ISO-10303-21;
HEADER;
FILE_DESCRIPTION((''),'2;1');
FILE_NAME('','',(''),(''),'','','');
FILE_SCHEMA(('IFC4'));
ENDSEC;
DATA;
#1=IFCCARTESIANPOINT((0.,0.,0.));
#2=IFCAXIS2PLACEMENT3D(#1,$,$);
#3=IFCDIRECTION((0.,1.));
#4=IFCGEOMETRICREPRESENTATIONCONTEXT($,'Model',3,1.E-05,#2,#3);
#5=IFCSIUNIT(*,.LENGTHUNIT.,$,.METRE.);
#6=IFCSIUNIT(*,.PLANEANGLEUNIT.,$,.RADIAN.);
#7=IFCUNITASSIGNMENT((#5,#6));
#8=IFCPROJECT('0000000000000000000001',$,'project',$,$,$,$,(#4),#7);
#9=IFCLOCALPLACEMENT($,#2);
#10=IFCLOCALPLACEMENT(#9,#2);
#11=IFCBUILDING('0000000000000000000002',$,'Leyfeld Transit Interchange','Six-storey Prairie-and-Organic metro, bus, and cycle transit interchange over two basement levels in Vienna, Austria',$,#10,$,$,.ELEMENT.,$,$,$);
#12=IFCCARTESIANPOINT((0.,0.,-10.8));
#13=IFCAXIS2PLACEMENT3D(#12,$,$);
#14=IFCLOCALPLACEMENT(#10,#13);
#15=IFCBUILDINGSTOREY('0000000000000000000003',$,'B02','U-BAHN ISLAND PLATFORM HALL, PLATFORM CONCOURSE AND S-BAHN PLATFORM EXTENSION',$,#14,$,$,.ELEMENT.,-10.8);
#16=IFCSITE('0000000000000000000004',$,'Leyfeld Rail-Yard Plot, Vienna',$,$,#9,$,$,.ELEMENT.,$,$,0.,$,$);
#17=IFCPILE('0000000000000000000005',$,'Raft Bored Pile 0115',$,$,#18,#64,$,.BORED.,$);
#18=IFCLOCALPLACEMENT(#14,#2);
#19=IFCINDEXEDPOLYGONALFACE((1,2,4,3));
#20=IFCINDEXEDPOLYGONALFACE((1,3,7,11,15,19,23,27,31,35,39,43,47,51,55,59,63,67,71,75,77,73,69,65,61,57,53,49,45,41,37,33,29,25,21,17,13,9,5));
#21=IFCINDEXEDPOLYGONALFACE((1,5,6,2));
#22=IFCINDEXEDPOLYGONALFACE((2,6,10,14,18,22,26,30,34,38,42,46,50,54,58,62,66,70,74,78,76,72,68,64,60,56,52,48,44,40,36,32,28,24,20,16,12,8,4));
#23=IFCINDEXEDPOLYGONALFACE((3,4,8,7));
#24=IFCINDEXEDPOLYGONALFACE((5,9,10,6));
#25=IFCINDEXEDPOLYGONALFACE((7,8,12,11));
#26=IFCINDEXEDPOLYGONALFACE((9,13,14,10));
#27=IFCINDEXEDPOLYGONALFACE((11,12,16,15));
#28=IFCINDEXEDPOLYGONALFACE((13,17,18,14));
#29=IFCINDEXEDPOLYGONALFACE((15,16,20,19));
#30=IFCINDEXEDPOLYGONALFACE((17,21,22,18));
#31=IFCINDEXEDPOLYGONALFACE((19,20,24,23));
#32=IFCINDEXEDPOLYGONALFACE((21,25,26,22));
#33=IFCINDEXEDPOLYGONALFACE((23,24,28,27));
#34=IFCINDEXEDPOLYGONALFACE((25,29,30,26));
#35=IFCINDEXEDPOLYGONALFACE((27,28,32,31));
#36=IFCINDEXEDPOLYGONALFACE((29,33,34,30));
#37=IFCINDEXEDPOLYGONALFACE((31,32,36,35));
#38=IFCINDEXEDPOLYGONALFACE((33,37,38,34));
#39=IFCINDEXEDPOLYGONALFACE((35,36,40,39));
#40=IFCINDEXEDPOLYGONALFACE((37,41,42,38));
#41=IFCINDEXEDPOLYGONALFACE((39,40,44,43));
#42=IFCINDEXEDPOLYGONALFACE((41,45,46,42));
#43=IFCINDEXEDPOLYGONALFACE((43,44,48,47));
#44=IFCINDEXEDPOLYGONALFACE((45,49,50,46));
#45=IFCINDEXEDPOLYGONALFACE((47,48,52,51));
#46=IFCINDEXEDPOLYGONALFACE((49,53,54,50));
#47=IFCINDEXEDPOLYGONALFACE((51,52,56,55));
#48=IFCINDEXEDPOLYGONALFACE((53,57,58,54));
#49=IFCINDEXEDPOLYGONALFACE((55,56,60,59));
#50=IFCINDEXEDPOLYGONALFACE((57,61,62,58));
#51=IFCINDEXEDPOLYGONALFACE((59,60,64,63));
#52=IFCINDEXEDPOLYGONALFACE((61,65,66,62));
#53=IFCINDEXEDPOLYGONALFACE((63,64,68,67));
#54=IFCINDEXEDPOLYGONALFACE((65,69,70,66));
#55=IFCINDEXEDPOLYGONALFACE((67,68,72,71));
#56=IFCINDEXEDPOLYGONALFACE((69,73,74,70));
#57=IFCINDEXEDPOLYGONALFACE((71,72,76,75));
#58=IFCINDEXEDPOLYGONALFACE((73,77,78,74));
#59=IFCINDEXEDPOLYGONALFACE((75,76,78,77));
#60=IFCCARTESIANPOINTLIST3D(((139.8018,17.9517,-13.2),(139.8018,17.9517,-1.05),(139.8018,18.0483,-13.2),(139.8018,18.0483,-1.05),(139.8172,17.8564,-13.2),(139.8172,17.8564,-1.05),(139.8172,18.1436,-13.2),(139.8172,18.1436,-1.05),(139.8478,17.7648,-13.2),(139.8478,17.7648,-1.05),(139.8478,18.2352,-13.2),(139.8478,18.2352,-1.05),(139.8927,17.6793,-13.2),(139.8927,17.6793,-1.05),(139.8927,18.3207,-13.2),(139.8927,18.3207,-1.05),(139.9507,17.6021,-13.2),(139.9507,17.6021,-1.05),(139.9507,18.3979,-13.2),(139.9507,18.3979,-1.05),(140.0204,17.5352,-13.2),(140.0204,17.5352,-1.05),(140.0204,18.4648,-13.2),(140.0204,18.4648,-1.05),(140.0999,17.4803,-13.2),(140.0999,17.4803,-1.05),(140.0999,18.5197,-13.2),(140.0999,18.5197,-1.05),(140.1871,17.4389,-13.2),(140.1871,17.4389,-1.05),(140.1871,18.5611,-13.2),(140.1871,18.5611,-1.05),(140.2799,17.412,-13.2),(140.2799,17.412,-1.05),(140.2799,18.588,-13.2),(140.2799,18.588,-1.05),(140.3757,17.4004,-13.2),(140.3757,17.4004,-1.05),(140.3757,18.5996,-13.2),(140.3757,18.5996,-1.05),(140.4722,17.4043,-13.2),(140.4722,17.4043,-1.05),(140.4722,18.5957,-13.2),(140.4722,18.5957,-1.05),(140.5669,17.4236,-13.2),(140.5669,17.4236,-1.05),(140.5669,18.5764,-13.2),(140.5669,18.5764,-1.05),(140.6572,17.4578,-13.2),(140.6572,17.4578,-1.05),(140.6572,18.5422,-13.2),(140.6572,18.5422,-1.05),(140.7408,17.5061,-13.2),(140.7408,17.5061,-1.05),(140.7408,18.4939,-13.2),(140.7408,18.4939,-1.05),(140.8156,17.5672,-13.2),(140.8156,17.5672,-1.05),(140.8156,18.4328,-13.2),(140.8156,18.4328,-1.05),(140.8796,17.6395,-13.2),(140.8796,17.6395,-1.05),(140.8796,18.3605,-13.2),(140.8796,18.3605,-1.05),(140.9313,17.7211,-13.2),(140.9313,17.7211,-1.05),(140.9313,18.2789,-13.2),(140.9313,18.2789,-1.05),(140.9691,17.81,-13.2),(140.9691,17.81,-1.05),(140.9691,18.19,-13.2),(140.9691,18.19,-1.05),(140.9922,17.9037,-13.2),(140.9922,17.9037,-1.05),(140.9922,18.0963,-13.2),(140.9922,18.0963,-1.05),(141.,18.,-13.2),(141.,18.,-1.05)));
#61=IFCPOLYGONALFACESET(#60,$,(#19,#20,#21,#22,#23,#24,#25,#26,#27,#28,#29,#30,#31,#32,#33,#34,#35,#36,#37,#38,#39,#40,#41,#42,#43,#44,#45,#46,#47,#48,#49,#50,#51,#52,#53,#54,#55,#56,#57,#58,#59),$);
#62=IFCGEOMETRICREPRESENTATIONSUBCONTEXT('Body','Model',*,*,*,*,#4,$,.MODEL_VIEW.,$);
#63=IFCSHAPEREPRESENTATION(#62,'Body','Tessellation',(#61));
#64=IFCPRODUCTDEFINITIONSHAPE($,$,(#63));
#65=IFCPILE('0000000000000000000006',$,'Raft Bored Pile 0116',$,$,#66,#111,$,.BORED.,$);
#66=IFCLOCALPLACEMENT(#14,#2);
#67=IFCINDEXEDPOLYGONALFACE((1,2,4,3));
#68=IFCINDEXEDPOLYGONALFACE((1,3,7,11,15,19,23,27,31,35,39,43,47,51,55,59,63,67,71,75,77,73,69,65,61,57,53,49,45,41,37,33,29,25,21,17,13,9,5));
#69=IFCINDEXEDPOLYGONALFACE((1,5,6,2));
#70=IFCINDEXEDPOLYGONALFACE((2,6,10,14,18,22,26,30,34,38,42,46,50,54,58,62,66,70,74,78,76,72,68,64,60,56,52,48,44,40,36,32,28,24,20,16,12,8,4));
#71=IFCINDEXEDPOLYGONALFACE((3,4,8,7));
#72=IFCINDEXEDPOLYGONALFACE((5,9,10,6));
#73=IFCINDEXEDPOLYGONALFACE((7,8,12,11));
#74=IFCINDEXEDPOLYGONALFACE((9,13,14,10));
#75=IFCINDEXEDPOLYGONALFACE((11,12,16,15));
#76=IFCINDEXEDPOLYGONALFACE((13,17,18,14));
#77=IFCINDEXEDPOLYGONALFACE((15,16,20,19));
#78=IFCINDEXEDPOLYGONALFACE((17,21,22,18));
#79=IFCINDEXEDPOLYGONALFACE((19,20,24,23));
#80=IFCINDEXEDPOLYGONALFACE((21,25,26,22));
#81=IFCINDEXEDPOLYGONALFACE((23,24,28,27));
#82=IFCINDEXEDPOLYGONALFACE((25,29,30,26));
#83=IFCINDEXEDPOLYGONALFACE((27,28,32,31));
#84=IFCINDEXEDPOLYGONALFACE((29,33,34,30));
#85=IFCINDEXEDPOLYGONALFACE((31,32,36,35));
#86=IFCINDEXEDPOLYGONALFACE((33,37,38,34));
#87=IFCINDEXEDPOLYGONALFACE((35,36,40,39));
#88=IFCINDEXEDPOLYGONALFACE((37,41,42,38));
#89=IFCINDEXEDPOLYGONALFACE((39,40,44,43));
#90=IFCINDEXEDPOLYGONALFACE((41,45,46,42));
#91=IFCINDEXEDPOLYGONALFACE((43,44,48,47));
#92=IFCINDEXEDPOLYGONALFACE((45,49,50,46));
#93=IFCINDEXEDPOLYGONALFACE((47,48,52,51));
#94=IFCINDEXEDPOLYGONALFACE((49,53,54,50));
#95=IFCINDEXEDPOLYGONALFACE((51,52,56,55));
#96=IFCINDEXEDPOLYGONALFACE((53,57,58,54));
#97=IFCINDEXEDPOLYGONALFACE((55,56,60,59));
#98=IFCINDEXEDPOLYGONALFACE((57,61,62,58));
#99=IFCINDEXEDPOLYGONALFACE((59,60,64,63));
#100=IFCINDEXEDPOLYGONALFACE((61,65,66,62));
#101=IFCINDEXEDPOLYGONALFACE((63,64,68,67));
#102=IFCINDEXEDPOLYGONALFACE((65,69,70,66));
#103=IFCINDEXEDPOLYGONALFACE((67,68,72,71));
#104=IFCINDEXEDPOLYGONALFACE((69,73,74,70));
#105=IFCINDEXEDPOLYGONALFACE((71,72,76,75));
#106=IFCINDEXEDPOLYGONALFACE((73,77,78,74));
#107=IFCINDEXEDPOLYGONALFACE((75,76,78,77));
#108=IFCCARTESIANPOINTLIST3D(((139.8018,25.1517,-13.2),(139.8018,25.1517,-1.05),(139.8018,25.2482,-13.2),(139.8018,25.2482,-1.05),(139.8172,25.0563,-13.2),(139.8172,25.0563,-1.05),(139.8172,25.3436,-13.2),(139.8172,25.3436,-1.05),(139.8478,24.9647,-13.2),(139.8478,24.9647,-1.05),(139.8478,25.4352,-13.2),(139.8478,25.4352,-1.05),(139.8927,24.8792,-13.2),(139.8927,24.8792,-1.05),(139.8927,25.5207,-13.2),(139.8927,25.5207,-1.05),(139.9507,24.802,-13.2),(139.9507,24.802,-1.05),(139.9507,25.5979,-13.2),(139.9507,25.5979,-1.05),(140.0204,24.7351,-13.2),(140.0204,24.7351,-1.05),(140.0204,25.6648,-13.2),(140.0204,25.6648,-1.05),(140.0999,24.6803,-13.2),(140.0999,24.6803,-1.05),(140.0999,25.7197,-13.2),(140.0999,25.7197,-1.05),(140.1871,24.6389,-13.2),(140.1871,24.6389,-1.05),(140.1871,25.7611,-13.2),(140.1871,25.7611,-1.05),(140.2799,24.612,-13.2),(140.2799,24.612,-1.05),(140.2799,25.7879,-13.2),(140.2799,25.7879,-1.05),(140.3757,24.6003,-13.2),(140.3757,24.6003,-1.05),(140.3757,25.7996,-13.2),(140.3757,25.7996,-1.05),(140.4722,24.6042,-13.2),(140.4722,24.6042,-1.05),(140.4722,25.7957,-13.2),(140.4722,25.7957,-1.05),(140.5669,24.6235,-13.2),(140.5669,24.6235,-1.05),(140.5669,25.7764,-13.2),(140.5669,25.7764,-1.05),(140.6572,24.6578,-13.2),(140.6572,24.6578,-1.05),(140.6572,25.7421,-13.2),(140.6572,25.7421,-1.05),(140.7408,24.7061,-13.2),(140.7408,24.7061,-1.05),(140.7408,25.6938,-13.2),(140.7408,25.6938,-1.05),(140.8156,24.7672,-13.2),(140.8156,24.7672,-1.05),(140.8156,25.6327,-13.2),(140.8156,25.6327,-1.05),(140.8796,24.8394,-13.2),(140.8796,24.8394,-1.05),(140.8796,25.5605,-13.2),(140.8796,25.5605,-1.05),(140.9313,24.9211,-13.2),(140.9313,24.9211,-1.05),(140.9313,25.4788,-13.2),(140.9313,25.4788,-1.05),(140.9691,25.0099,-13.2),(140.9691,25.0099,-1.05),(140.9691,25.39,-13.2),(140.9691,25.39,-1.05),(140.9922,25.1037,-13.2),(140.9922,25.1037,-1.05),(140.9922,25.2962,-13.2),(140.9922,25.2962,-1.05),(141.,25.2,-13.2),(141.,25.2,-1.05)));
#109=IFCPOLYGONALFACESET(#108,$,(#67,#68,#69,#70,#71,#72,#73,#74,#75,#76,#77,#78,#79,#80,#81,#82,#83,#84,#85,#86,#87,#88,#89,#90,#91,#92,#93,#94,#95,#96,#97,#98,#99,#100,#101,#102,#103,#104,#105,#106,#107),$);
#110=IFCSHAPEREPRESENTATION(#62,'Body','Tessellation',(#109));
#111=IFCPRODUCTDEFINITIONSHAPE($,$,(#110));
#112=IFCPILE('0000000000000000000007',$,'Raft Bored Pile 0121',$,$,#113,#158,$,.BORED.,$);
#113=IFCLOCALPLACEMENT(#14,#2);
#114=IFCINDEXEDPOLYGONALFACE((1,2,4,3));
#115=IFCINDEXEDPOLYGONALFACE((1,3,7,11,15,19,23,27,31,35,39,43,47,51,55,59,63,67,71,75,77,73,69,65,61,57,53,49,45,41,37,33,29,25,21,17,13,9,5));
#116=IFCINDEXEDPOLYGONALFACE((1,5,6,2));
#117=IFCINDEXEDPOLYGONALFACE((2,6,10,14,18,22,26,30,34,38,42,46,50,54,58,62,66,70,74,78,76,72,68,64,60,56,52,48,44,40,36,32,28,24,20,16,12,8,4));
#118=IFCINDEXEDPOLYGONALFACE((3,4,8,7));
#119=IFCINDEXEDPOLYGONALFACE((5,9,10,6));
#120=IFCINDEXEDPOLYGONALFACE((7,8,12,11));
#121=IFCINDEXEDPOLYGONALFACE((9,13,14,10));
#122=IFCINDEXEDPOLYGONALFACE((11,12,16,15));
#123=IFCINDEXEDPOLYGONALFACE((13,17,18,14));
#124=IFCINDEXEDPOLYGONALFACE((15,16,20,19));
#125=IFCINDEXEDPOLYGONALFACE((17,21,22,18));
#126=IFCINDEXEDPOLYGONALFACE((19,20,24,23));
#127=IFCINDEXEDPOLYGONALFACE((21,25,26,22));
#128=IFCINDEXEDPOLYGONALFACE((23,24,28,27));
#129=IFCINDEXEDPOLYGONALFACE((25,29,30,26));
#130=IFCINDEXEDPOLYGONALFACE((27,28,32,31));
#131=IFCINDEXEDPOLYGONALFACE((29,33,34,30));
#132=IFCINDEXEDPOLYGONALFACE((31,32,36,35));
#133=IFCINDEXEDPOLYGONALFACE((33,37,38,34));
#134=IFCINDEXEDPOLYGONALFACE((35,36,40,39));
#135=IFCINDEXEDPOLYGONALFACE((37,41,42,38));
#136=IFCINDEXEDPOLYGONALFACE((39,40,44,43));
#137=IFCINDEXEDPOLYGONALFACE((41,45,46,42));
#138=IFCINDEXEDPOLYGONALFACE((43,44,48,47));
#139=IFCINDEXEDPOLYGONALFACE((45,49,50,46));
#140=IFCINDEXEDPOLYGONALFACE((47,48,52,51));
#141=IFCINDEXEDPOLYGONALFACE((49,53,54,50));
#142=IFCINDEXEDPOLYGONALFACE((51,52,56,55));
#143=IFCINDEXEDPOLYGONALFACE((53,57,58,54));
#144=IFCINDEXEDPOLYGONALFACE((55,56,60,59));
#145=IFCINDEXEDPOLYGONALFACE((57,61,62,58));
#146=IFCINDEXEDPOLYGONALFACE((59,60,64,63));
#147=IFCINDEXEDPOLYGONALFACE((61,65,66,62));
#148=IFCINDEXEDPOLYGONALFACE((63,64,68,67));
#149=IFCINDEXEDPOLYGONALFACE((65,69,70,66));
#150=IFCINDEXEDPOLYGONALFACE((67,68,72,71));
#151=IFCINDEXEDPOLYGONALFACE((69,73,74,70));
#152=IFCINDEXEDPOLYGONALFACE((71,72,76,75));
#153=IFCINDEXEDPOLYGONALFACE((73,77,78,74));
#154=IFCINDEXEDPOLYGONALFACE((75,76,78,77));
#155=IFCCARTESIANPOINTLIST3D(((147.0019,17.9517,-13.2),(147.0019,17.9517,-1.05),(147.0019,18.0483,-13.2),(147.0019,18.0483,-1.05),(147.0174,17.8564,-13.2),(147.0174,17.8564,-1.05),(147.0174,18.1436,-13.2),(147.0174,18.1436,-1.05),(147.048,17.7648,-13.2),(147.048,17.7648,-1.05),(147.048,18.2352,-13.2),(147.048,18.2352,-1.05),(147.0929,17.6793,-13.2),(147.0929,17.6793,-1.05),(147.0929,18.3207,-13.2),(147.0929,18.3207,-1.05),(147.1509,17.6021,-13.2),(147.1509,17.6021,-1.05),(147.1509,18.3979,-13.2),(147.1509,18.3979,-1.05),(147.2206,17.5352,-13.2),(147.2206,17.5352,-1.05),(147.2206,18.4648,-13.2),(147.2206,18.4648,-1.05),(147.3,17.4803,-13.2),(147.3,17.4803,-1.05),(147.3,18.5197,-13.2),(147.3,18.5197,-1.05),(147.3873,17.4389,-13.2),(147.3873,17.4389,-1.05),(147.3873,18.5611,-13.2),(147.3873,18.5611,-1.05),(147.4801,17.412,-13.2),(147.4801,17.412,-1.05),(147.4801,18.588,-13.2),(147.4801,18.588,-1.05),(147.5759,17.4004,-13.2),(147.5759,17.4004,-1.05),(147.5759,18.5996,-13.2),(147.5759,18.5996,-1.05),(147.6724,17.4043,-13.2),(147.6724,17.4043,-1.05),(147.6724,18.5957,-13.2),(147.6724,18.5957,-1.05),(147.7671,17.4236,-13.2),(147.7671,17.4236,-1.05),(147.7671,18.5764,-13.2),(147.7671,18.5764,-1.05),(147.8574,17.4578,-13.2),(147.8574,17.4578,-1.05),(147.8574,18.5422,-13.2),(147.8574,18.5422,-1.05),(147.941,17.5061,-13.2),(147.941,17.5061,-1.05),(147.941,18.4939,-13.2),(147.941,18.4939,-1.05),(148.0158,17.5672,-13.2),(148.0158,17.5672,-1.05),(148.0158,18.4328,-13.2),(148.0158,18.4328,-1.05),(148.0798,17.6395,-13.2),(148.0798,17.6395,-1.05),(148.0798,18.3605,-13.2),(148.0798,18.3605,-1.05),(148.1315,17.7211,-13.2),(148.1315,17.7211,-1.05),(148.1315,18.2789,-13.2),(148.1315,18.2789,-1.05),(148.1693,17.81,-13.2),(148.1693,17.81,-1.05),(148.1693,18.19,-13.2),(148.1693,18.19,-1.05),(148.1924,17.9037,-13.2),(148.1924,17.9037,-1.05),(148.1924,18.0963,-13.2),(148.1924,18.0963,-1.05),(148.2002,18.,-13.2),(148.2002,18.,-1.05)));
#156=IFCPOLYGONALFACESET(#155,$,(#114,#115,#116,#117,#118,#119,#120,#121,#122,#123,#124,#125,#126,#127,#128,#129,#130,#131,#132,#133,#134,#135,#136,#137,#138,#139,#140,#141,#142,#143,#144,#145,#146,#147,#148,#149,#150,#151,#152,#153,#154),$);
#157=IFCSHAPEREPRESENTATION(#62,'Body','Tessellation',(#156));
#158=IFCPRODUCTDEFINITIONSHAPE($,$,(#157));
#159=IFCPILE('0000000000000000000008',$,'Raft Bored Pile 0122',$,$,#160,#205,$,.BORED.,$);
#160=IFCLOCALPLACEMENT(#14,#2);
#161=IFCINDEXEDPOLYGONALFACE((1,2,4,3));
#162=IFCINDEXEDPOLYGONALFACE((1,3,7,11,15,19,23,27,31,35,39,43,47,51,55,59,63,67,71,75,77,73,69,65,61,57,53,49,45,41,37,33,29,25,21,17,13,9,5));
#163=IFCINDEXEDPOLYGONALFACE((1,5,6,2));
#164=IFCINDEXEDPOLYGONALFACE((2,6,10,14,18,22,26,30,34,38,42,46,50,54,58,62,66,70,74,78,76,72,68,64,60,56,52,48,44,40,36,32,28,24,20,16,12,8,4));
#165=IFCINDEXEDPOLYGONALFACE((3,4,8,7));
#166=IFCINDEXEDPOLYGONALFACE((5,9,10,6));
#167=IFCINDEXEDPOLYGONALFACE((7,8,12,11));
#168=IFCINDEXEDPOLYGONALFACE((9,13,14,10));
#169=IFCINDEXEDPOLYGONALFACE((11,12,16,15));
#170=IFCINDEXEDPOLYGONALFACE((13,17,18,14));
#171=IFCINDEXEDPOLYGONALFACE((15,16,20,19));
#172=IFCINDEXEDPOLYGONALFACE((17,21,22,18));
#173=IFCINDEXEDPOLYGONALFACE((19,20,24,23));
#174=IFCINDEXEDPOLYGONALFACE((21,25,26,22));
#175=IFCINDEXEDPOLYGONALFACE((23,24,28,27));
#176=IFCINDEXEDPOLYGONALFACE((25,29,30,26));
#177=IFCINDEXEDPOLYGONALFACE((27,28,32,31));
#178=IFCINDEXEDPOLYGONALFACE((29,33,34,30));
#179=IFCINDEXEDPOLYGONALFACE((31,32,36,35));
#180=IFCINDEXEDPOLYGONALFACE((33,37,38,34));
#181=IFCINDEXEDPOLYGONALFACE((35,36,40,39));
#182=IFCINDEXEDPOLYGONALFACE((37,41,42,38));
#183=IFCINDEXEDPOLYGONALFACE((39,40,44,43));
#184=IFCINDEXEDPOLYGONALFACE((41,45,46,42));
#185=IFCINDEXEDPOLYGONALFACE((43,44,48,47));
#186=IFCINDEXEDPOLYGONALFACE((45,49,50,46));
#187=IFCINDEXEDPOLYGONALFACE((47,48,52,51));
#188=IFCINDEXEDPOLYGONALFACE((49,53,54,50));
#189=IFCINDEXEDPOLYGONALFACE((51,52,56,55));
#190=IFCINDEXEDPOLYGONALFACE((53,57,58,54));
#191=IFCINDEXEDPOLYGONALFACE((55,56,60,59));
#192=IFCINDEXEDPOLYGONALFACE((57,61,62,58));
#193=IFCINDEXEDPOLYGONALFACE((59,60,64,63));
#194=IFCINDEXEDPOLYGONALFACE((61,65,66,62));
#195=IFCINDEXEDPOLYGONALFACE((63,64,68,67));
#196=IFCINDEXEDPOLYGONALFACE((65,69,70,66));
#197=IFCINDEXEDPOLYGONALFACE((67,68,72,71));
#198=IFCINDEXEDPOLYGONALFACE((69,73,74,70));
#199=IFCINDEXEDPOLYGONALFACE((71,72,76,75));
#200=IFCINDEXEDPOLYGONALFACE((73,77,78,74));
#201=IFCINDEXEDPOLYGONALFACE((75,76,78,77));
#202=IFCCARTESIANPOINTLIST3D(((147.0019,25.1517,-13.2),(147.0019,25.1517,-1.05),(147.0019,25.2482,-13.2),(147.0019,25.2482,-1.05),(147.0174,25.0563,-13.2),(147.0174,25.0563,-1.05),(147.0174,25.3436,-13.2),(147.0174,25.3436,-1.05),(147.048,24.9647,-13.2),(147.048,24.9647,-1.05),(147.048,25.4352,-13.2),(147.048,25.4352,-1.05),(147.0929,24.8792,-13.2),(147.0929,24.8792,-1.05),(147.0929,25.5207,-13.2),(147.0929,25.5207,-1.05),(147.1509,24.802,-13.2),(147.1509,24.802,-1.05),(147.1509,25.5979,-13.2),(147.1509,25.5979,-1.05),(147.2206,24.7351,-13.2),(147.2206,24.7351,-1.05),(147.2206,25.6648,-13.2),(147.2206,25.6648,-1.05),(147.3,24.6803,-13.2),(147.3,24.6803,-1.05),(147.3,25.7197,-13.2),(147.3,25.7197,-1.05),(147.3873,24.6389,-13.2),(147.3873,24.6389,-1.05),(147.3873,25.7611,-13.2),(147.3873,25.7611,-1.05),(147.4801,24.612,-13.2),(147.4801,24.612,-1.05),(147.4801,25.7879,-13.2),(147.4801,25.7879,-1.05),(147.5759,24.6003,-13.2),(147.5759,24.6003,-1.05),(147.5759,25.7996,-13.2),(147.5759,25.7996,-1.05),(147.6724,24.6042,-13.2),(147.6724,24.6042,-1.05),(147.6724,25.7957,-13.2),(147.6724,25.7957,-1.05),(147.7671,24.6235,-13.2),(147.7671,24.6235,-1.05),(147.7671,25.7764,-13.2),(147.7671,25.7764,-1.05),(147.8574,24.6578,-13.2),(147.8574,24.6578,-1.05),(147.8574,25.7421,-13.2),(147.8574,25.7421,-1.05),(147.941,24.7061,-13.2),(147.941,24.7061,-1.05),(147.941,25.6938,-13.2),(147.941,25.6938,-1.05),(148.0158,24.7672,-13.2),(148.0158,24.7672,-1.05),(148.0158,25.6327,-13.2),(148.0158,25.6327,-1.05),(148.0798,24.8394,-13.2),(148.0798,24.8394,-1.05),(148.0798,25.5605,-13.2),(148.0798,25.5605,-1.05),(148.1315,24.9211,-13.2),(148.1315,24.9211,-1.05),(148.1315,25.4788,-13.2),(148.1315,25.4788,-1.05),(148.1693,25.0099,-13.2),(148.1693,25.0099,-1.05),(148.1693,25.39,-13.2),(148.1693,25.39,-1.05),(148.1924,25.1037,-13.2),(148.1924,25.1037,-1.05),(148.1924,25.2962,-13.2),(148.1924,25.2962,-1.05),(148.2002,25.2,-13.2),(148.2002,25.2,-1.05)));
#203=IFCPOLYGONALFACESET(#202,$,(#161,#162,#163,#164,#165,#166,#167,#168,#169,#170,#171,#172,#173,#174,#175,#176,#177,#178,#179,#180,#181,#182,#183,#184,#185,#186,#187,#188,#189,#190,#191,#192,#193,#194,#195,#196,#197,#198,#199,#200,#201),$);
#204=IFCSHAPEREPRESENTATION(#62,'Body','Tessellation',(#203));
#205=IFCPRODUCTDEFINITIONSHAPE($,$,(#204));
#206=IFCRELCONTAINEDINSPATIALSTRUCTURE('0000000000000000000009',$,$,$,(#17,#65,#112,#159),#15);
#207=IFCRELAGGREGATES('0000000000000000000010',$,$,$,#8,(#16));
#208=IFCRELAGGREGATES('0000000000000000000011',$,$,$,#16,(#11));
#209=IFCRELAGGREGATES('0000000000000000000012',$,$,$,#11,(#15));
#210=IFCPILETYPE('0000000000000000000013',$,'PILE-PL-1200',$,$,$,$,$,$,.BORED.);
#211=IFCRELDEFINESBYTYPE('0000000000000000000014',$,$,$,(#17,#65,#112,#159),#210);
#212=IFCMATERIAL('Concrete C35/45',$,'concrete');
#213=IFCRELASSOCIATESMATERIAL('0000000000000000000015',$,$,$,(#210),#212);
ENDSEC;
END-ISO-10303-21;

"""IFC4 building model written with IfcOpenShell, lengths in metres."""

from ifc_helpers import new_model, si_unit, direction, frame, origin, origin_2d, place, context, subcontext, project, spatial, circle, extrude, material, material_profile, profile_set, type_object, element, save


model = new_model("IFC4")

# Units and contexts
model_context = context("Model", 3, precision=1e-05, world=origin(), true_north=direction((0.0, 1.0)))
body_context = subcontext(model_context, "Body", "Model", "MODEL_VIEW")
ifc_project = project(units=[si_unit("LENGTHUNIT", "METRE"), si_unit("PLANEANGLEUNIT", "RADIAN")], contexts=[model_context])

# Site, building, storey
site_placement = place(None, origin())
site = spatial("IfcSite", under=ifc_project, at=site_placement, Name="Leyfeld Rail-Yard Plot, Vienna", CompositionType="ELEMENT", RefElevation=0.0)
building_placement = place(site_placement, origin())
building = spatial("IfcBuilding", under=site, at=building_placement, Name="Leyfeld Transit Interchange", Description="Six-storey Prairie-and-Organic metro, bus, and cycle transit interchange over two basement levels in Vienna, Austria", CompositionType="ELEMENT")
storey_placement = place(building_placement, frame((0.0, 0.0, -10.8)))
storey = spatial("IfcBuildingStorey", under=building, at=storey_placement, Name="B02", Description="U-BAHN ISLAND PLATFORM HALL, PLATFORM CONCOURSE AND S-BAHN PLATFORM EXTENSION", CompositionType="ELEMENT", Elevation=-10.8)

# Piles
ifc_material = material(Name="Concrete C35/45", Category="concrete")
ifc_material_profile_1 = material_profile(ifc_material, circle(Radius=0.6001, at=origin_2d()), Name="PILE D1200")
ifc_profile_set_1 = profile_set([ifc_material_profile_1], Name="Concrete C35/45")
pile_type = type_object("IfcPileType", Name="PILE-PL-1200", PredefinedType="BORED", material=ifc_profile_set_1)
for number, where, z_axis, x_axis, name in (
    (1, (140.3999, 18.0, -1.05), (0.0, 0.0, -1.0), (1.0, 0.0, 0.0), "Raft Bored Pile 0115"),
    (2, (140.3999, 25.2, -1.05), (0.0, 0.0, -1.0), (1.0, 0.0, 0.0), "Raft Bored Pile 0116"),
    (3, (147.6001, 18.0, -1.05), (0.0, 0.0, -1.0), (1.0, 0.0, 0.0), "Raft Bored Pile 0121"),
    (4, (147.6001, 25.2, -1.05), (0.0, 0.0, -1.0), (1.0, 0.0, 0.0), "Raft Bored Pile 0122"),
):
    element("IfcPile", number, at=place(storey_placement, frame(where, z_axis=z_axis, x_axis=x_axis)), inside=storey, type_object=pile_type, Name=name, PredefinedType="BORED", context=body_context, shape_type="SweptSolid", body=[
        extrude(circle(Radius=0.6001, at=origin_2d()), origin(), (0.0, 0.0, 1.0), 12.1499),
    ])

save(model, "model.ifc")
